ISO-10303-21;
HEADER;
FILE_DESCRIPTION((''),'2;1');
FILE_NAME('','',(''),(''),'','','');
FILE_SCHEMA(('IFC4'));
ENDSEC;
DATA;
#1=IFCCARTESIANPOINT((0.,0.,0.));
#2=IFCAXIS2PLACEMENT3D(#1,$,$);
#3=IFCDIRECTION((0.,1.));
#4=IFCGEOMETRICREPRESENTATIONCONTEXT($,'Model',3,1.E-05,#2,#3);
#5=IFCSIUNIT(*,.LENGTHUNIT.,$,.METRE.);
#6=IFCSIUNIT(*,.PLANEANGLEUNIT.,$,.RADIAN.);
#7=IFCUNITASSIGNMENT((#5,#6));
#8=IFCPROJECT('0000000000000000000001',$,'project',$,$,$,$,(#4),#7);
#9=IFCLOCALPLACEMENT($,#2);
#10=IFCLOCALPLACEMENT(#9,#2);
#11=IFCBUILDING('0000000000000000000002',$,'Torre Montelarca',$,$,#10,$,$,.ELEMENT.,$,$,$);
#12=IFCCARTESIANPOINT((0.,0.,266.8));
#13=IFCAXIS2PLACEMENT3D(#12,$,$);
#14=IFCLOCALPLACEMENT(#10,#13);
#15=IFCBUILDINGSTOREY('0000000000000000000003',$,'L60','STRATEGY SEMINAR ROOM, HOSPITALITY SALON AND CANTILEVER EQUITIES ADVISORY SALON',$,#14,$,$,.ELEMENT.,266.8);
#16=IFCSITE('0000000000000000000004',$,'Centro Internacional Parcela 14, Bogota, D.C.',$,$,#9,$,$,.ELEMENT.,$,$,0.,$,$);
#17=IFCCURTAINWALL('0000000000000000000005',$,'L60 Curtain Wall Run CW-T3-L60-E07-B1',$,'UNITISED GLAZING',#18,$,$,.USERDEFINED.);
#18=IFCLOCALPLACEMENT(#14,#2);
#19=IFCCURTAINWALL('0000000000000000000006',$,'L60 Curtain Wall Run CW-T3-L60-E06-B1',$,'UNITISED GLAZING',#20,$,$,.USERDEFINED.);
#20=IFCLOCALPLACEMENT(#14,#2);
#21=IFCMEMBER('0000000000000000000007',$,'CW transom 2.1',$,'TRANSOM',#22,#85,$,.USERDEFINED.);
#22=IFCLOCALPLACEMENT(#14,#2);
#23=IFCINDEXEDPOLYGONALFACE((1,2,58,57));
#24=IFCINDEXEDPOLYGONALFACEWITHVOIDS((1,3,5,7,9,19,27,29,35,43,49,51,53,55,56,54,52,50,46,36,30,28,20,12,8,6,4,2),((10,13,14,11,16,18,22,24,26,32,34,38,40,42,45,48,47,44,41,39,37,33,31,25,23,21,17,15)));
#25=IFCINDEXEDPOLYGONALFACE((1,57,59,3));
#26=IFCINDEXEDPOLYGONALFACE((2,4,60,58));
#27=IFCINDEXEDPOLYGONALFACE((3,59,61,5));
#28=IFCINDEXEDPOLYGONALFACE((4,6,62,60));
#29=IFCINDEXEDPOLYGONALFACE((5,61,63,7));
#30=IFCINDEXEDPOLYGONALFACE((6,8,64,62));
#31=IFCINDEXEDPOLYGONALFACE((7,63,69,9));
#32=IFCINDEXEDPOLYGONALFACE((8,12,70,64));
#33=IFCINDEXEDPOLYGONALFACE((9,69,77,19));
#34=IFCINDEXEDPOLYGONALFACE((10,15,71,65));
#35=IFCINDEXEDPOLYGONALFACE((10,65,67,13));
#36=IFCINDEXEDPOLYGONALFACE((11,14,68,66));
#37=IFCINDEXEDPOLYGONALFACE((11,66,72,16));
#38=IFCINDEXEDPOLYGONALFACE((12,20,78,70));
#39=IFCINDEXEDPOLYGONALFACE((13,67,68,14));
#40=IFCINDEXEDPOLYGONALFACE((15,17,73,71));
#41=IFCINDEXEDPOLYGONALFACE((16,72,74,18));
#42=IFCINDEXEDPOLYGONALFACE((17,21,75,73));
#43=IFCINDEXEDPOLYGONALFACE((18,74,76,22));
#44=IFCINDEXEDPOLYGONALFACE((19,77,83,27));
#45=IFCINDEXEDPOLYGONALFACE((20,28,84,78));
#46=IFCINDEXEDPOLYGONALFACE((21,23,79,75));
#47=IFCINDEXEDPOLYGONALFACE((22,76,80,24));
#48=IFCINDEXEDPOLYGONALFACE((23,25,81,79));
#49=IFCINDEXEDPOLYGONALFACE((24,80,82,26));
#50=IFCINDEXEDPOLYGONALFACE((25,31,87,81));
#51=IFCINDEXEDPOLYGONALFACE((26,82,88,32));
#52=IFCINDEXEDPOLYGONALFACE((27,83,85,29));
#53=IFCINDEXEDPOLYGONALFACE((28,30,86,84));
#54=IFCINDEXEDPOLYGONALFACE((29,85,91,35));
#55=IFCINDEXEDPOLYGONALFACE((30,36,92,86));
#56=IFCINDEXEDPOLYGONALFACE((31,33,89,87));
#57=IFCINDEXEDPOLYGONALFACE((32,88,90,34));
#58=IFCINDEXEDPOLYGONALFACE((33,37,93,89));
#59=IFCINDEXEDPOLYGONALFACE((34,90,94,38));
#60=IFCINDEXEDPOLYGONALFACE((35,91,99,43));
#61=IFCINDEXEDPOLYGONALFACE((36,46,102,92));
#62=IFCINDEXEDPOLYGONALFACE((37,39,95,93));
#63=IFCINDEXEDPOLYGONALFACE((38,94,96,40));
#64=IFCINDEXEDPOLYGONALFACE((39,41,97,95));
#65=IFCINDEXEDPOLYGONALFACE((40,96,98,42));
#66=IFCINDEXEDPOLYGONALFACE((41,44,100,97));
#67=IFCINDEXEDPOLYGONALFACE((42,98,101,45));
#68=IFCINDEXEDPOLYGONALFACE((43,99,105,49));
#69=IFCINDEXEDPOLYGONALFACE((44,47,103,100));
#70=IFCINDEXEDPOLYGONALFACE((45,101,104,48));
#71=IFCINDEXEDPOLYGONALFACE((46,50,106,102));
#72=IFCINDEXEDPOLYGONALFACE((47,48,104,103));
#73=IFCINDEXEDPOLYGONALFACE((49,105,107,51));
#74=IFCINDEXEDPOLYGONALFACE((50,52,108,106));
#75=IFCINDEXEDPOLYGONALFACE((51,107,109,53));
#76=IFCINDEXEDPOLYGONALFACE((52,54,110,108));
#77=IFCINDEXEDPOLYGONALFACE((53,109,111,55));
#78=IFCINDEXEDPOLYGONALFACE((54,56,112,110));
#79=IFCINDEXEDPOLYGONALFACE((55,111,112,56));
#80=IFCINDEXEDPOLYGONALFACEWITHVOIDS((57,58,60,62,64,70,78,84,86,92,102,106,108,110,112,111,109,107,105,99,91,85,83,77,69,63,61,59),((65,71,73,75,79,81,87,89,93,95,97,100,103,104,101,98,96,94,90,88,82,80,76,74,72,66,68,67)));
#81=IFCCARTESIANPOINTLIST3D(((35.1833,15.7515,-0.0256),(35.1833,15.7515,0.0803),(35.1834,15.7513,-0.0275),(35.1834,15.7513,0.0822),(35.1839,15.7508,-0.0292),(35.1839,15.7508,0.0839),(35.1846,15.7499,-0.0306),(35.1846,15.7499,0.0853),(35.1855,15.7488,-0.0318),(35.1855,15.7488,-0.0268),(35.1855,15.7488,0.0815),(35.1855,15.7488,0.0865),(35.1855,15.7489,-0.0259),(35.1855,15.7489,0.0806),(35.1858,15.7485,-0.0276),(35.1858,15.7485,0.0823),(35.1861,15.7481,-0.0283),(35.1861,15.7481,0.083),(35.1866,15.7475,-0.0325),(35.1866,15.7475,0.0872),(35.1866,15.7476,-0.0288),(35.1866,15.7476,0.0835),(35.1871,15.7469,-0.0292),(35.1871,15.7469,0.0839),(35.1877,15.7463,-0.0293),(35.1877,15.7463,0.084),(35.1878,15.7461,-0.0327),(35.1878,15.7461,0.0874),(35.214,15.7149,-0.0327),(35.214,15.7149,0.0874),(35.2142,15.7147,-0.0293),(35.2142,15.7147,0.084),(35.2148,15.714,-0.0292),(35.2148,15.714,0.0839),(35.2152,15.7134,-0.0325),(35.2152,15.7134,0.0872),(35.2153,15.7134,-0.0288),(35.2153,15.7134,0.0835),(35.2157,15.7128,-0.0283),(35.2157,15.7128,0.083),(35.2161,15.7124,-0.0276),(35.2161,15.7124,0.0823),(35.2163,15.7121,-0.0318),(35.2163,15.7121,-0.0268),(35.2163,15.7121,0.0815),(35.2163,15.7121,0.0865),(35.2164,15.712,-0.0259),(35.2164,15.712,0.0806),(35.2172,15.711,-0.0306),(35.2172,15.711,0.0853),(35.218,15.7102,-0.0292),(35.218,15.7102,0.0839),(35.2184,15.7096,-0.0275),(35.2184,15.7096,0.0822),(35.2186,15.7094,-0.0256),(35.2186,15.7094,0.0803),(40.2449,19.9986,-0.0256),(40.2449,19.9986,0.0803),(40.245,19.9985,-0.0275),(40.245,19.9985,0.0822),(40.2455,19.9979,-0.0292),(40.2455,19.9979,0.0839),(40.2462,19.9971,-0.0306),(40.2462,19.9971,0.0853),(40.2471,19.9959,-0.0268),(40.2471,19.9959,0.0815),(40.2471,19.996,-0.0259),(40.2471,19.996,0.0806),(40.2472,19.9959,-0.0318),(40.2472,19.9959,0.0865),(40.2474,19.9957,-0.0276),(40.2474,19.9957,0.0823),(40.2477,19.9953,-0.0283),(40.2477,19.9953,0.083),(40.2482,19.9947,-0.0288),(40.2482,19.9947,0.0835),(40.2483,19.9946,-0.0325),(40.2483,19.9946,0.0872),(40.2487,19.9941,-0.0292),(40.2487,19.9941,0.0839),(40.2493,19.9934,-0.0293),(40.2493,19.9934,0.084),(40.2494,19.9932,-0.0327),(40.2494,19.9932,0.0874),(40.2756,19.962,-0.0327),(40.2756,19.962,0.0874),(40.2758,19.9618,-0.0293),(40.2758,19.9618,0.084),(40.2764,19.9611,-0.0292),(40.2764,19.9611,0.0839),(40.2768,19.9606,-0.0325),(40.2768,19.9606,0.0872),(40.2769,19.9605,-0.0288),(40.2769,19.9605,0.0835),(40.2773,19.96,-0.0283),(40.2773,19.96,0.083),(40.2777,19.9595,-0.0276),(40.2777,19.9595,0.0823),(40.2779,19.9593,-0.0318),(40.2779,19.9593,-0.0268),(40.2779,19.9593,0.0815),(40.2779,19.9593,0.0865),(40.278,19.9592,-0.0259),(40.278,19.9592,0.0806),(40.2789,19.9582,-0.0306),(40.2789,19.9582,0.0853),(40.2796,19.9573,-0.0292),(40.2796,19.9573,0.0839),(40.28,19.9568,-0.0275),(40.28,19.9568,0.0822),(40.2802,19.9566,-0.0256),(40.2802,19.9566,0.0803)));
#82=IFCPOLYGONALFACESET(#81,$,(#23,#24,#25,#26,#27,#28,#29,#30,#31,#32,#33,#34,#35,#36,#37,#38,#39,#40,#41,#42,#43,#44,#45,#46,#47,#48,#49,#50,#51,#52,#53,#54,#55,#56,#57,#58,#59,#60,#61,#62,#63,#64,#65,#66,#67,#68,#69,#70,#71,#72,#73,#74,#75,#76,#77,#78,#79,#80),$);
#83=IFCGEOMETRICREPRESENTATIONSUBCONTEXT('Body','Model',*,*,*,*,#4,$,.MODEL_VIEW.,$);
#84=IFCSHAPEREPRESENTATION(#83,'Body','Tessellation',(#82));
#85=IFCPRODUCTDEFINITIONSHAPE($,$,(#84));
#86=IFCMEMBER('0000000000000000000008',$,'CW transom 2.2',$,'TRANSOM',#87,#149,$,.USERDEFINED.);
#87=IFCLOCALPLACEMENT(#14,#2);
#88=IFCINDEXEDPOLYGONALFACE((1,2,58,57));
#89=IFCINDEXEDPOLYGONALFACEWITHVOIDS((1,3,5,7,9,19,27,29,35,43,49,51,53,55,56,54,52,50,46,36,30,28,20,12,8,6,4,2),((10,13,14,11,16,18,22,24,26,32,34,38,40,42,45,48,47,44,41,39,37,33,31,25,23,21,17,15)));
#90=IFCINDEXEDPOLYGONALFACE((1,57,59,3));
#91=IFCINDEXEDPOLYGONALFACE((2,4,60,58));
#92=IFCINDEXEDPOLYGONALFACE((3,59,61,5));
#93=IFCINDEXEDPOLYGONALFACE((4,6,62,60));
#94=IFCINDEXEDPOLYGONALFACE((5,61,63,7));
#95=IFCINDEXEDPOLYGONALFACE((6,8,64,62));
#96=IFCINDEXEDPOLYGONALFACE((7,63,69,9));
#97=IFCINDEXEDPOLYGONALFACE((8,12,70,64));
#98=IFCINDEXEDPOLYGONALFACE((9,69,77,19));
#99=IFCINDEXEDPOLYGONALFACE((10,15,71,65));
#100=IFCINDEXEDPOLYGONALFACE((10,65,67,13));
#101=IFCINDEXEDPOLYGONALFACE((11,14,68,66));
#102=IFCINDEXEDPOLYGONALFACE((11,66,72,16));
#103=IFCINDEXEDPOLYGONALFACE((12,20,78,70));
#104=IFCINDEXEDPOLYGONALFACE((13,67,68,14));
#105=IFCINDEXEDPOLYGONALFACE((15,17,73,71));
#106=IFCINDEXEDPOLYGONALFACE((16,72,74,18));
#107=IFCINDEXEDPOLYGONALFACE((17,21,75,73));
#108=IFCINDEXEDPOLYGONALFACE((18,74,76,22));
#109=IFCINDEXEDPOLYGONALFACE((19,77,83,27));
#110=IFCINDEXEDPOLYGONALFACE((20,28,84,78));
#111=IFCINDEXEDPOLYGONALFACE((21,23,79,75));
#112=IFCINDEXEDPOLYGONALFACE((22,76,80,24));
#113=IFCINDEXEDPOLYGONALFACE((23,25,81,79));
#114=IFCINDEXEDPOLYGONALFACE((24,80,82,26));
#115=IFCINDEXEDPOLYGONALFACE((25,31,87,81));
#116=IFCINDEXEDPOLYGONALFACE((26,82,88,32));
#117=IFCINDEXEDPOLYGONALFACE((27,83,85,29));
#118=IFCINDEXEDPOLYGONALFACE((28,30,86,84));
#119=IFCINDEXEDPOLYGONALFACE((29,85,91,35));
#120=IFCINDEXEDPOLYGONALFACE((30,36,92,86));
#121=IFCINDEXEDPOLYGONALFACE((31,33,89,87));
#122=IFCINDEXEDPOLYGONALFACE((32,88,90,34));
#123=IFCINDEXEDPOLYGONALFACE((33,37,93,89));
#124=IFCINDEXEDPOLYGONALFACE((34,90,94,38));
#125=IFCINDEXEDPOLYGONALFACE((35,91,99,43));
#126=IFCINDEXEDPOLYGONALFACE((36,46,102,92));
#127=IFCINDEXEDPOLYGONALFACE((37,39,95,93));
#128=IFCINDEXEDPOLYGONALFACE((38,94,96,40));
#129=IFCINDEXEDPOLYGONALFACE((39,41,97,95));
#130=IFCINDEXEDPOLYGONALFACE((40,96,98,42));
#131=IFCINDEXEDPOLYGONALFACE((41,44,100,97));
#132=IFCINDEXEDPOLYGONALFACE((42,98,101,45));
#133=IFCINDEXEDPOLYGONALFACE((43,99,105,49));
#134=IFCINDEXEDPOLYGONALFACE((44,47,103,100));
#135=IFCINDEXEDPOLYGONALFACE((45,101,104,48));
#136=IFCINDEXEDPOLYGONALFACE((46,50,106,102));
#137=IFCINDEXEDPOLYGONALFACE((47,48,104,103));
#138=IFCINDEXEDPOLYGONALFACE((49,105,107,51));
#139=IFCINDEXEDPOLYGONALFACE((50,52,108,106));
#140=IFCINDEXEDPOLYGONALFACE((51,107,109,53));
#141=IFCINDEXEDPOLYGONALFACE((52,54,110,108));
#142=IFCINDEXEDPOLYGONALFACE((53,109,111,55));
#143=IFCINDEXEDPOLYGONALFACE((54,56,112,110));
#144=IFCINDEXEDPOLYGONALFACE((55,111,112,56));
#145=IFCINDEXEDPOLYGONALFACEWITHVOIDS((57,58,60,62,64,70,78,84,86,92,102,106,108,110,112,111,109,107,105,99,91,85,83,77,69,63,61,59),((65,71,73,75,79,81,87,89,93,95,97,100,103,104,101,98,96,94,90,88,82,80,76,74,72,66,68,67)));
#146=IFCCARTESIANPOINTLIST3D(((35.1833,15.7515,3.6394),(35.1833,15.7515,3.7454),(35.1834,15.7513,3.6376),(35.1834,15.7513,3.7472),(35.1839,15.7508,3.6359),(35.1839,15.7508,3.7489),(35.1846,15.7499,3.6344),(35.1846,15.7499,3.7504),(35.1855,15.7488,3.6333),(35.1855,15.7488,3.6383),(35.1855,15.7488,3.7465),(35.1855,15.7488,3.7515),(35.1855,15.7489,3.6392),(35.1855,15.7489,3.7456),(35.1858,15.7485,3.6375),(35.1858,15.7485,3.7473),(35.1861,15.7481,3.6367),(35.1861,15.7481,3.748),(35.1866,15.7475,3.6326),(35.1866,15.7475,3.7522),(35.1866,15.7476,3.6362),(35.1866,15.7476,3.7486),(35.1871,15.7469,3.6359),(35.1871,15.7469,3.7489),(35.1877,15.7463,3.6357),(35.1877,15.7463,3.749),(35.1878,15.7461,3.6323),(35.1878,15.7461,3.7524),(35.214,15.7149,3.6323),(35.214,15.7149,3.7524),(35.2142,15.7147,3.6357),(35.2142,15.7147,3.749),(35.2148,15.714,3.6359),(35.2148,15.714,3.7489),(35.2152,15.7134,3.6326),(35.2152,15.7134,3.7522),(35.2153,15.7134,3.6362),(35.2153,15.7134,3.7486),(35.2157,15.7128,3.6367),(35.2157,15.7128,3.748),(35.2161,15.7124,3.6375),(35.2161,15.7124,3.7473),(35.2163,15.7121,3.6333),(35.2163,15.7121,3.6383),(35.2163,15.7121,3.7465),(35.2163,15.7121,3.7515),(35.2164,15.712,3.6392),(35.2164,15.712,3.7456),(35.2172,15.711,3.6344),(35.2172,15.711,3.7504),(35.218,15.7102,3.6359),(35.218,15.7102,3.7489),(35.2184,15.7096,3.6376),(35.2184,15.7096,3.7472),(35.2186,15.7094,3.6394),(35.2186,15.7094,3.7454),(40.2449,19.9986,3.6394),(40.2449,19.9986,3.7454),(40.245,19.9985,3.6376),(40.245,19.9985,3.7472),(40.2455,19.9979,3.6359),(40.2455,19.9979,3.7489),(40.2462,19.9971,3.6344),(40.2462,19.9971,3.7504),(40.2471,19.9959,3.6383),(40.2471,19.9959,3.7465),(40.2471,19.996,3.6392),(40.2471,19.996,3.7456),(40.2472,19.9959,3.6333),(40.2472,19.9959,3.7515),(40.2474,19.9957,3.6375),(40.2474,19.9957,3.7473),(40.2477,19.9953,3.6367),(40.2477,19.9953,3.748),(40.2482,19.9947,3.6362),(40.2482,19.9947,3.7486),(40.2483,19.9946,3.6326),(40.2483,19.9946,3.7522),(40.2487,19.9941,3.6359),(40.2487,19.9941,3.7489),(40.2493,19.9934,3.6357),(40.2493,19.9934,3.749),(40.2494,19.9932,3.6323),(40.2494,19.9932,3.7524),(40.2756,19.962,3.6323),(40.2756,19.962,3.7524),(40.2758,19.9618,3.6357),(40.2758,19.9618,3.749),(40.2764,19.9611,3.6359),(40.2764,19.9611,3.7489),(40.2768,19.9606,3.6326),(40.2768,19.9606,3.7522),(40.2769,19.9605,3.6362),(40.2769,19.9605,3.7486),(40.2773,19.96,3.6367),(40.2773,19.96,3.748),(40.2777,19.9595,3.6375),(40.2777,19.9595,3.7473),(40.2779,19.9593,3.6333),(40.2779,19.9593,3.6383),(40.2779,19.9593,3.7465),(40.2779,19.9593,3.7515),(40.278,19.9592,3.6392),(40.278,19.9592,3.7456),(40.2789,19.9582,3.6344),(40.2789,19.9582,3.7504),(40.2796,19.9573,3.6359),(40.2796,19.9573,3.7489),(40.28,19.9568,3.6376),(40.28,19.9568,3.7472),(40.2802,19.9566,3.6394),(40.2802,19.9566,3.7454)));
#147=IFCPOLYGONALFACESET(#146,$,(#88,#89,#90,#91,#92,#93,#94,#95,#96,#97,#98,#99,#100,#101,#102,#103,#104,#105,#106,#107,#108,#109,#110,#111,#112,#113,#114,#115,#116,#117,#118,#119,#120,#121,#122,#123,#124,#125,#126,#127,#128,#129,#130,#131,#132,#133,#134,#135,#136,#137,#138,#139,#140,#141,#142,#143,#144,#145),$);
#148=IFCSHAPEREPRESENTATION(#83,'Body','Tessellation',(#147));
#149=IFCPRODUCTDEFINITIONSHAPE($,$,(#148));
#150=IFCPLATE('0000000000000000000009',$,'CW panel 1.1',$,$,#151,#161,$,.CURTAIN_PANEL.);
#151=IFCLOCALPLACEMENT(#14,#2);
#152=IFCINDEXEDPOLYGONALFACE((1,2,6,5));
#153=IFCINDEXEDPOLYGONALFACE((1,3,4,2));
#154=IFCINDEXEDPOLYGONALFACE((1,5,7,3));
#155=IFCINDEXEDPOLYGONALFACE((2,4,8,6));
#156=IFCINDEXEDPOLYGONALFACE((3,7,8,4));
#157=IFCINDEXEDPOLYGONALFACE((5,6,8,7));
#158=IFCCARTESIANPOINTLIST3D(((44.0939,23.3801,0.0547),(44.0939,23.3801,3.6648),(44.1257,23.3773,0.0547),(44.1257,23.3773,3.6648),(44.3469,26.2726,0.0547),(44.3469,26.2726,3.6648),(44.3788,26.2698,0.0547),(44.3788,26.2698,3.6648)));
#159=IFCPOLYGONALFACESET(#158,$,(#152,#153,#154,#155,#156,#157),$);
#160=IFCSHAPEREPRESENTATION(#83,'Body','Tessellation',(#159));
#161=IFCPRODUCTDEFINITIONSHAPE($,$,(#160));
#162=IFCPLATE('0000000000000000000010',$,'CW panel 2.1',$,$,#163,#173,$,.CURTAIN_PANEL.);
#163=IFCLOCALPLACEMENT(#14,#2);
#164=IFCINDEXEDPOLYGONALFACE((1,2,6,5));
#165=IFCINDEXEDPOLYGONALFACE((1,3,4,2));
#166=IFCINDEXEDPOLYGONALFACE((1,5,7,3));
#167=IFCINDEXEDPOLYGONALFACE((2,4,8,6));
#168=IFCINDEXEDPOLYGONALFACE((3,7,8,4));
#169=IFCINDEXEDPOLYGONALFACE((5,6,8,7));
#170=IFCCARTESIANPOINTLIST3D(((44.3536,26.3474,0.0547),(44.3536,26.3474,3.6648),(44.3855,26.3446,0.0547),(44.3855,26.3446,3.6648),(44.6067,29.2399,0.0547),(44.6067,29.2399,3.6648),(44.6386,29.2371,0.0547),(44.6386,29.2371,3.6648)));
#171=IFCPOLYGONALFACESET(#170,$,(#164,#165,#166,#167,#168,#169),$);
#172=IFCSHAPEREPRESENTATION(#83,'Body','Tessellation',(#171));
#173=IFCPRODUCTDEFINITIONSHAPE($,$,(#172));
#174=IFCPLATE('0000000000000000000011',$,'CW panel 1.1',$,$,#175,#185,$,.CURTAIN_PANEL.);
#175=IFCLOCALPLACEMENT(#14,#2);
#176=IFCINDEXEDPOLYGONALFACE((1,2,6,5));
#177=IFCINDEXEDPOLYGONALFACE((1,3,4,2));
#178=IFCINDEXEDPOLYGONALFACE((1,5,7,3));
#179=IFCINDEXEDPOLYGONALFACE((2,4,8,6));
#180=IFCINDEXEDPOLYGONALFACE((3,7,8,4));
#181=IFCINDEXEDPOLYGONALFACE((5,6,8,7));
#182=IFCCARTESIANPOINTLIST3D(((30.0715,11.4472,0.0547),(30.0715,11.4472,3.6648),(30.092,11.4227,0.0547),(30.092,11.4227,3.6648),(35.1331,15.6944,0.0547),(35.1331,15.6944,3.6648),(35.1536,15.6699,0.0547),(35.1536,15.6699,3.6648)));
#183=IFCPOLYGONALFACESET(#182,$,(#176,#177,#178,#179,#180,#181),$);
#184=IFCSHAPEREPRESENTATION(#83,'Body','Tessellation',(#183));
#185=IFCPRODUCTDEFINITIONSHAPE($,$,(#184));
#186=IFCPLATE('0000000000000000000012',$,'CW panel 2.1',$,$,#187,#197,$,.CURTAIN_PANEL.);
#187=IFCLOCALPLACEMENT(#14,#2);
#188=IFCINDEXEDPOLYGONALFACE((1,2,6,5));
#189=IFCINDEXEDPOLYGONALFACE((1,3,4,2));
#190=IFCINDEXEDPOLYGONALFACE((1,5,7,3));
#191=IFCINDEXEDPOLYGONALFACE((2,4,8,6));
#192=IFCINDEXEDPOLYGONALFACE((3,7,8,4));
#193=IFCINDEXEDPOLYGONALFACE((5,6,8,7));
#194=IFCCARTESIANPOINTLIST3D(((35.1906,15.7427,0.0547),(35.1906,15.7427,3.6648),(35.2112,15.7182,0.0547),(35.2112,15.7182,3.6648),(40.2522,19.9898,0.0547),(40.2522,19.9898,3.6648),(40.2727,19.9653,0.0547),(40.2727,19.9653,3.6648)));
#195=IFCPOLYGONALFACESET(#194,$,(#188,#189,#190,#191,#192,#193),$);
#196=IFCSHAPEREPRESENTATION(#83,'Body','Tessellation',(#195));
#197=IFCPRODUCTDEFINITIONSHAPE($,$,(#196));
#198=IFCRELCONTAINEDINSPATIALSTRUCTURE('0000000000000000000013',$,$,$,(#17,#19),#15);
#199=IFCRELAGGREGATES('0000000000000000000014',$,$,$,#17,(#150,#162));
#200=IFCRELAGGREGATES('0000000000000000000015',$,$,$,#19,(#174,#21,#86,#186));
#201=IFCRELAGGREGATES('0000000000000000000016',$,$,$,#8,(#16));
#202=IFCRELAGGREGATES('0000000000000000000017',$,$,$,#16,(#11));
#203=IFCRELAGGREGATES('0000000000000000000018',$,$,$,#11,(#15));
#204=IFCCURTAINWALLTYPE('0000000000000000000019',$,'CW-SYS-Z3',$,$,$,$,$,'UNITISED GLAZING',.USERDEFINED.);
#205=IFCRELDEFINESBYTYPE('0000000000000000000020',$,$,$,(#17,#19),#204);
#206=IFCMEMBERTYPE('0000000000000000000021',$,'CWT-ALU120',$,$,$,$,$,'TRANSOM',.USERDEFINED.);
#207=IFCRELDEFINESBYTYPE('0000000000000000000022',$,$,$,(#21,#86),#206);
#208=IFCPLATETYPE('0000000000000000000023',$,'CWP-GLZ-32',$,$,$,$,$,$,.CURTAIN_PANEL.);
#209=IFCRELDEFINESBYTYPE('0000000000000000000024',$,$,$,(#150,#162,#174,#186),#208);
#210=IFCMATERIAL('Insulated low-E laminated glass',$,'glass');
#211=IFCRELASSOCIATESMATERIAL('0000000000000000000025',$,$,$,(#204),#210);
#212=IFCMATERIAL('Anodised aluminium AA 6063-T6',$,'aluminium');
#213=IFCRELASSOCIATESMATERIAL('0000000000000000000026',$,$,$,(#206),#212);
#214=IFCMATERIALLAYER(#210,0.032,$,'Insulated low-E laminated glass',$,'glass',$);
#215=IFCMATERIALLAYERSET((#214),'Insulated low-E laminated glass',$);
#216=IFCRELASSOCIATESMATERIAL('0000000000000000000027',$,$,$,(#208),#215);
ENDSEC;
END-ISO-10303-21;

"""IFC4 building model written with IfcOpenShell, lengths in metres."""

from ifc_helpers import new_model, si_unit, direction, frame, origin, origin_2d, place, context, subcontext, project, spatial, rectangle, hollow_rectangle, extrude, source, transform, mapped, material, layer, layer_set, material_profile, profile_set, type_object, element, aggregate, save


model = new_model("IFC4")

# Units and contexts
model_context = context("Model", 3, precision=1e-05, world=origin(), true_north=direction((0.0, 1.0)))
body_context = subcontext(model_context, "Body", "Model", "MODEL_VIEW")
ifc_project = project(units=[si_unit("LENGTHUNIT", "METRE"), si_unit("PLANEANGLEUNIT", "RADIAN")], contexts=[model_context])

# Site, building, storey
site_placement = place(None, origin())
site = spatial("IfcSite", under=ifc_project, at=site_placement, Name="Centro Internacional Parcela 14, Bogota, D.C.", CompositionType="ELEMENT", RefElevation=0.0)
building_placement = place(site_placement, origin())
building = spatial("IfcBuilding", under=site, at=building_placement, Name="Torre Montelarca", CompositionType="ELEMENT")
storey_placement = place(building_placement, frame((0.0, 0.0, 266.8)))
storey = spatial("IfcBuildingStorey", under=building, at=storey_placement, Name="L60", Description="STRATEGY SEMINAR ROOM, HOSPITALITY SALON AND CANTILEVER EQUITIES ADVISORY SALON", CompositionType="ELEMENT", Elevation=266.8)

# Curtain walls
ifc_material_1 = material(Name="Insulated low-E laminated glass", Category="glass")
curtain_wall_type = type_object("IfcCurtainWallType", Name="CW-SYS-Z3", ElementType="UNITISED GLAZING", PredefinedType="USERDEFINED", material=ifc_material_1)
curtain_wall_1_placement = place(storey_placement, origin())
curtain_wall_1 = element("IfcCurtainWall", 1, at=curtain_wall_1_placement, inside=storey, type_object=curtain_wall_type, Name="L60 Curtain Wall Run CW-T3-L60-E07-B1", ObjectType="UNITISED GLAZING", PredefinedType="USERDEFINED")
ifc_material_2 = material(Name="Anodised aluminium AA 6063-T6", Category="aluminium")
ifc_material_profile_1 = material_profile(ifc_material_2, hollow_rectangle(XDim=0.0549, YDim=0.1201, WallThickness=0.0034, InnerFilletRadius=0.0034, OuterFilletRadius=0.0071, at=origin_2d()), Name="ALU55X120X3.5", Category="aluminium")
ifc_profile_set_1 = profile_set([ifc_material_profile_1], Name="Anodised aluminium AA 6063-T6")
member_type_1 = type_object("IfcMemberType", Name="CWT-ALU120", ElementType="TRANSOM", PredefinedType="USERDEFINED", material=ifc_profile_set_1)
curtain_wall_2_placement = place(storey_placement, origin())
curtain_wall_2 = element("IfcCurtainWall", 2, at=curtain_wall_2_placement, inside=storey, type_object=curtain_wall_type, Name="L60 Curtain Wall Run CW-T3-L60-E06-B1", ObjectType="UNITISED GLAZING", PredefinedType="USERDEFINED")

# Members
shared_shape_1 = source(origin(), body_context, "Body", "SweptSolid", [
    extrude(hollow_rectangle(XDim=0.0549, YDim=0.1201, WallThickness=0.0034, InnerFilletRadius=0.0034, OuterFilletRadius=0.0071, at=origin_2d()), origin(), (0.0, 0.0, 1.0), 6.6074),
])
member_1_placement = place(storey_placement, frame((35.2009, 15.7305, 0.0273), z_axis=(0.766048, 0.642783, 0.0), x_axis=(-0.642783, 0.766048, 0.0)))
member_1 = element("IfcMember", 3, at=member_1_placement, type_object=member_type_1, Name="CW transom 2.1", ObjectType="TRANSOM", PredefinedType="USERDEFINED", context=body_context, shape_type="MappedRepresentation", body=[
    mapped(shared_shape_1, transform((0.0, 0.0, 0.0), scale=1.0)),
])
member_2_placement = place(storey_placement, frame((35.2009, 15.7305, 3.6924), z_axis=(0.766048, 0.642783, 0.0), x_axis=(-0.642783, 0.766048, 0.0)))
member_2 = element("IfcMember", 4, at=member_2_placement, type_object=member_type_1, Name="CW transom 2.2", ObjectType="TRANSOM", PredefinedType="USERDEFINED", context=body_context, shape_type="MappedRepresentation", body=[
    mapped(shared_shape_1, transform((0.0, 0.0, 0.0), scale=1.0)),
])

# Plates
ifc_layer_1 = layer(ifc_material_1, 0.032, Name="Insulated low-E laminated glass", Category="glass")
ifc_layer_set_1 = layer_set([ifc_layer_1], Name="Insulated low-E laminated glass")
plate_type = type_object("IfcPlateType", Name="CWP-GLZ-32", PredefinedType="CURTAIN_PANEL", material=ifc_layer_set_1)
shared_shape_2 = source(origin(), body_context, "Body", "SweptSolid", [
    extrude(rectangle(XDim=2.9036, YDim=0.032, at=origin_2d()), origin(), (0.0, 0.0, 1.0), 3.6101),
])
plate_1_placement = place(storey_placement, frame((44.2363, 24.825, 0.0547), z_axis=(0.0, 0.0, 1.0), x_axis=(0.087166, 0.996194, 0.0)))
plate_1 = element("IfcPlate", 5, at=plate_1_placement, type_object=plate_type, Name="CW panel 1.1", PredefinedType="CURTAIN_PANEL", context=body_context, shape_type="MappedRepresentation", body=[
    mapped(shared_shape_2, transform((0.0, 0.0, 0.0), scale=1.0)),
])
plate_2_placement = place(storey_placement, frame((44.4961, 27.7922, 0.0547), z_axis=(0.0, 0.0, 1.0), x_axis=(0.087166, 0.996194, 0.0)))
plate_2 = element("IfcPlate", 6, at=plate_2_placement, type_object=plate_type, Name="CW panel 2.1", PredefinedType="CURTAIN_PANEL", context=body_context, shape_type="MappedRepresentation", body=[
    mapped(shared_shape_2, transform((0.0, 0.0, 0.0), scale=1.0)),
])
aggregate(curtain_wall_1, [plate_1, plate_2])
shared_shape_3 = source(origin(), body_context, "Body", "SweptSolid", [
    extrude(rectangle(XDim=6.6074, YDim=0.032, at=origin_2d()), origin(), (0.0, 0.0, 1.0), 3.6101),
])
plate_3_placement = place(storey_placement, frame((32.6125, 13.5586, 0.0547), z_axis=(0.0, 0.0, 1.0), x_axis=(0.766042, 0.64279, 0.0)))
plate_3 = element("IfcPlate", 7, at=plate_3_placement, type_object=plate_type, Name="CW panel 1.1", PredefinedType="CURTAIN_PANEL", context=body_context, shape_type="MappedRepresentation", body=[
    mapped(shared_shape_3, transform((0.0, 0.0, 0.0), scale=1.0)),
])
plate_4_placement = place(storey_placement, frame((37.7317, 17.854, 0.0547), z_axis=(0.0, 0.0, 1.0), x_axis=(0.766042, 0.64279, 0.0)))
plate_4 = element("IfcPlate", 8, at=plate_4_placement, type_object=plate_type, Name="CW panel 2.1", PredefinedType="CURTAIN_PANEL", context=body_context, shape_type="MappedRepresentation", body=[
    mapped(shared_shape_3, transform((0.0, 0.0, 0.0), scale=1.0)),
])
aggregate(curtain_wall_2, [plate_3, member_1, member_2, plate_4])

save(model, "model.ifc")
